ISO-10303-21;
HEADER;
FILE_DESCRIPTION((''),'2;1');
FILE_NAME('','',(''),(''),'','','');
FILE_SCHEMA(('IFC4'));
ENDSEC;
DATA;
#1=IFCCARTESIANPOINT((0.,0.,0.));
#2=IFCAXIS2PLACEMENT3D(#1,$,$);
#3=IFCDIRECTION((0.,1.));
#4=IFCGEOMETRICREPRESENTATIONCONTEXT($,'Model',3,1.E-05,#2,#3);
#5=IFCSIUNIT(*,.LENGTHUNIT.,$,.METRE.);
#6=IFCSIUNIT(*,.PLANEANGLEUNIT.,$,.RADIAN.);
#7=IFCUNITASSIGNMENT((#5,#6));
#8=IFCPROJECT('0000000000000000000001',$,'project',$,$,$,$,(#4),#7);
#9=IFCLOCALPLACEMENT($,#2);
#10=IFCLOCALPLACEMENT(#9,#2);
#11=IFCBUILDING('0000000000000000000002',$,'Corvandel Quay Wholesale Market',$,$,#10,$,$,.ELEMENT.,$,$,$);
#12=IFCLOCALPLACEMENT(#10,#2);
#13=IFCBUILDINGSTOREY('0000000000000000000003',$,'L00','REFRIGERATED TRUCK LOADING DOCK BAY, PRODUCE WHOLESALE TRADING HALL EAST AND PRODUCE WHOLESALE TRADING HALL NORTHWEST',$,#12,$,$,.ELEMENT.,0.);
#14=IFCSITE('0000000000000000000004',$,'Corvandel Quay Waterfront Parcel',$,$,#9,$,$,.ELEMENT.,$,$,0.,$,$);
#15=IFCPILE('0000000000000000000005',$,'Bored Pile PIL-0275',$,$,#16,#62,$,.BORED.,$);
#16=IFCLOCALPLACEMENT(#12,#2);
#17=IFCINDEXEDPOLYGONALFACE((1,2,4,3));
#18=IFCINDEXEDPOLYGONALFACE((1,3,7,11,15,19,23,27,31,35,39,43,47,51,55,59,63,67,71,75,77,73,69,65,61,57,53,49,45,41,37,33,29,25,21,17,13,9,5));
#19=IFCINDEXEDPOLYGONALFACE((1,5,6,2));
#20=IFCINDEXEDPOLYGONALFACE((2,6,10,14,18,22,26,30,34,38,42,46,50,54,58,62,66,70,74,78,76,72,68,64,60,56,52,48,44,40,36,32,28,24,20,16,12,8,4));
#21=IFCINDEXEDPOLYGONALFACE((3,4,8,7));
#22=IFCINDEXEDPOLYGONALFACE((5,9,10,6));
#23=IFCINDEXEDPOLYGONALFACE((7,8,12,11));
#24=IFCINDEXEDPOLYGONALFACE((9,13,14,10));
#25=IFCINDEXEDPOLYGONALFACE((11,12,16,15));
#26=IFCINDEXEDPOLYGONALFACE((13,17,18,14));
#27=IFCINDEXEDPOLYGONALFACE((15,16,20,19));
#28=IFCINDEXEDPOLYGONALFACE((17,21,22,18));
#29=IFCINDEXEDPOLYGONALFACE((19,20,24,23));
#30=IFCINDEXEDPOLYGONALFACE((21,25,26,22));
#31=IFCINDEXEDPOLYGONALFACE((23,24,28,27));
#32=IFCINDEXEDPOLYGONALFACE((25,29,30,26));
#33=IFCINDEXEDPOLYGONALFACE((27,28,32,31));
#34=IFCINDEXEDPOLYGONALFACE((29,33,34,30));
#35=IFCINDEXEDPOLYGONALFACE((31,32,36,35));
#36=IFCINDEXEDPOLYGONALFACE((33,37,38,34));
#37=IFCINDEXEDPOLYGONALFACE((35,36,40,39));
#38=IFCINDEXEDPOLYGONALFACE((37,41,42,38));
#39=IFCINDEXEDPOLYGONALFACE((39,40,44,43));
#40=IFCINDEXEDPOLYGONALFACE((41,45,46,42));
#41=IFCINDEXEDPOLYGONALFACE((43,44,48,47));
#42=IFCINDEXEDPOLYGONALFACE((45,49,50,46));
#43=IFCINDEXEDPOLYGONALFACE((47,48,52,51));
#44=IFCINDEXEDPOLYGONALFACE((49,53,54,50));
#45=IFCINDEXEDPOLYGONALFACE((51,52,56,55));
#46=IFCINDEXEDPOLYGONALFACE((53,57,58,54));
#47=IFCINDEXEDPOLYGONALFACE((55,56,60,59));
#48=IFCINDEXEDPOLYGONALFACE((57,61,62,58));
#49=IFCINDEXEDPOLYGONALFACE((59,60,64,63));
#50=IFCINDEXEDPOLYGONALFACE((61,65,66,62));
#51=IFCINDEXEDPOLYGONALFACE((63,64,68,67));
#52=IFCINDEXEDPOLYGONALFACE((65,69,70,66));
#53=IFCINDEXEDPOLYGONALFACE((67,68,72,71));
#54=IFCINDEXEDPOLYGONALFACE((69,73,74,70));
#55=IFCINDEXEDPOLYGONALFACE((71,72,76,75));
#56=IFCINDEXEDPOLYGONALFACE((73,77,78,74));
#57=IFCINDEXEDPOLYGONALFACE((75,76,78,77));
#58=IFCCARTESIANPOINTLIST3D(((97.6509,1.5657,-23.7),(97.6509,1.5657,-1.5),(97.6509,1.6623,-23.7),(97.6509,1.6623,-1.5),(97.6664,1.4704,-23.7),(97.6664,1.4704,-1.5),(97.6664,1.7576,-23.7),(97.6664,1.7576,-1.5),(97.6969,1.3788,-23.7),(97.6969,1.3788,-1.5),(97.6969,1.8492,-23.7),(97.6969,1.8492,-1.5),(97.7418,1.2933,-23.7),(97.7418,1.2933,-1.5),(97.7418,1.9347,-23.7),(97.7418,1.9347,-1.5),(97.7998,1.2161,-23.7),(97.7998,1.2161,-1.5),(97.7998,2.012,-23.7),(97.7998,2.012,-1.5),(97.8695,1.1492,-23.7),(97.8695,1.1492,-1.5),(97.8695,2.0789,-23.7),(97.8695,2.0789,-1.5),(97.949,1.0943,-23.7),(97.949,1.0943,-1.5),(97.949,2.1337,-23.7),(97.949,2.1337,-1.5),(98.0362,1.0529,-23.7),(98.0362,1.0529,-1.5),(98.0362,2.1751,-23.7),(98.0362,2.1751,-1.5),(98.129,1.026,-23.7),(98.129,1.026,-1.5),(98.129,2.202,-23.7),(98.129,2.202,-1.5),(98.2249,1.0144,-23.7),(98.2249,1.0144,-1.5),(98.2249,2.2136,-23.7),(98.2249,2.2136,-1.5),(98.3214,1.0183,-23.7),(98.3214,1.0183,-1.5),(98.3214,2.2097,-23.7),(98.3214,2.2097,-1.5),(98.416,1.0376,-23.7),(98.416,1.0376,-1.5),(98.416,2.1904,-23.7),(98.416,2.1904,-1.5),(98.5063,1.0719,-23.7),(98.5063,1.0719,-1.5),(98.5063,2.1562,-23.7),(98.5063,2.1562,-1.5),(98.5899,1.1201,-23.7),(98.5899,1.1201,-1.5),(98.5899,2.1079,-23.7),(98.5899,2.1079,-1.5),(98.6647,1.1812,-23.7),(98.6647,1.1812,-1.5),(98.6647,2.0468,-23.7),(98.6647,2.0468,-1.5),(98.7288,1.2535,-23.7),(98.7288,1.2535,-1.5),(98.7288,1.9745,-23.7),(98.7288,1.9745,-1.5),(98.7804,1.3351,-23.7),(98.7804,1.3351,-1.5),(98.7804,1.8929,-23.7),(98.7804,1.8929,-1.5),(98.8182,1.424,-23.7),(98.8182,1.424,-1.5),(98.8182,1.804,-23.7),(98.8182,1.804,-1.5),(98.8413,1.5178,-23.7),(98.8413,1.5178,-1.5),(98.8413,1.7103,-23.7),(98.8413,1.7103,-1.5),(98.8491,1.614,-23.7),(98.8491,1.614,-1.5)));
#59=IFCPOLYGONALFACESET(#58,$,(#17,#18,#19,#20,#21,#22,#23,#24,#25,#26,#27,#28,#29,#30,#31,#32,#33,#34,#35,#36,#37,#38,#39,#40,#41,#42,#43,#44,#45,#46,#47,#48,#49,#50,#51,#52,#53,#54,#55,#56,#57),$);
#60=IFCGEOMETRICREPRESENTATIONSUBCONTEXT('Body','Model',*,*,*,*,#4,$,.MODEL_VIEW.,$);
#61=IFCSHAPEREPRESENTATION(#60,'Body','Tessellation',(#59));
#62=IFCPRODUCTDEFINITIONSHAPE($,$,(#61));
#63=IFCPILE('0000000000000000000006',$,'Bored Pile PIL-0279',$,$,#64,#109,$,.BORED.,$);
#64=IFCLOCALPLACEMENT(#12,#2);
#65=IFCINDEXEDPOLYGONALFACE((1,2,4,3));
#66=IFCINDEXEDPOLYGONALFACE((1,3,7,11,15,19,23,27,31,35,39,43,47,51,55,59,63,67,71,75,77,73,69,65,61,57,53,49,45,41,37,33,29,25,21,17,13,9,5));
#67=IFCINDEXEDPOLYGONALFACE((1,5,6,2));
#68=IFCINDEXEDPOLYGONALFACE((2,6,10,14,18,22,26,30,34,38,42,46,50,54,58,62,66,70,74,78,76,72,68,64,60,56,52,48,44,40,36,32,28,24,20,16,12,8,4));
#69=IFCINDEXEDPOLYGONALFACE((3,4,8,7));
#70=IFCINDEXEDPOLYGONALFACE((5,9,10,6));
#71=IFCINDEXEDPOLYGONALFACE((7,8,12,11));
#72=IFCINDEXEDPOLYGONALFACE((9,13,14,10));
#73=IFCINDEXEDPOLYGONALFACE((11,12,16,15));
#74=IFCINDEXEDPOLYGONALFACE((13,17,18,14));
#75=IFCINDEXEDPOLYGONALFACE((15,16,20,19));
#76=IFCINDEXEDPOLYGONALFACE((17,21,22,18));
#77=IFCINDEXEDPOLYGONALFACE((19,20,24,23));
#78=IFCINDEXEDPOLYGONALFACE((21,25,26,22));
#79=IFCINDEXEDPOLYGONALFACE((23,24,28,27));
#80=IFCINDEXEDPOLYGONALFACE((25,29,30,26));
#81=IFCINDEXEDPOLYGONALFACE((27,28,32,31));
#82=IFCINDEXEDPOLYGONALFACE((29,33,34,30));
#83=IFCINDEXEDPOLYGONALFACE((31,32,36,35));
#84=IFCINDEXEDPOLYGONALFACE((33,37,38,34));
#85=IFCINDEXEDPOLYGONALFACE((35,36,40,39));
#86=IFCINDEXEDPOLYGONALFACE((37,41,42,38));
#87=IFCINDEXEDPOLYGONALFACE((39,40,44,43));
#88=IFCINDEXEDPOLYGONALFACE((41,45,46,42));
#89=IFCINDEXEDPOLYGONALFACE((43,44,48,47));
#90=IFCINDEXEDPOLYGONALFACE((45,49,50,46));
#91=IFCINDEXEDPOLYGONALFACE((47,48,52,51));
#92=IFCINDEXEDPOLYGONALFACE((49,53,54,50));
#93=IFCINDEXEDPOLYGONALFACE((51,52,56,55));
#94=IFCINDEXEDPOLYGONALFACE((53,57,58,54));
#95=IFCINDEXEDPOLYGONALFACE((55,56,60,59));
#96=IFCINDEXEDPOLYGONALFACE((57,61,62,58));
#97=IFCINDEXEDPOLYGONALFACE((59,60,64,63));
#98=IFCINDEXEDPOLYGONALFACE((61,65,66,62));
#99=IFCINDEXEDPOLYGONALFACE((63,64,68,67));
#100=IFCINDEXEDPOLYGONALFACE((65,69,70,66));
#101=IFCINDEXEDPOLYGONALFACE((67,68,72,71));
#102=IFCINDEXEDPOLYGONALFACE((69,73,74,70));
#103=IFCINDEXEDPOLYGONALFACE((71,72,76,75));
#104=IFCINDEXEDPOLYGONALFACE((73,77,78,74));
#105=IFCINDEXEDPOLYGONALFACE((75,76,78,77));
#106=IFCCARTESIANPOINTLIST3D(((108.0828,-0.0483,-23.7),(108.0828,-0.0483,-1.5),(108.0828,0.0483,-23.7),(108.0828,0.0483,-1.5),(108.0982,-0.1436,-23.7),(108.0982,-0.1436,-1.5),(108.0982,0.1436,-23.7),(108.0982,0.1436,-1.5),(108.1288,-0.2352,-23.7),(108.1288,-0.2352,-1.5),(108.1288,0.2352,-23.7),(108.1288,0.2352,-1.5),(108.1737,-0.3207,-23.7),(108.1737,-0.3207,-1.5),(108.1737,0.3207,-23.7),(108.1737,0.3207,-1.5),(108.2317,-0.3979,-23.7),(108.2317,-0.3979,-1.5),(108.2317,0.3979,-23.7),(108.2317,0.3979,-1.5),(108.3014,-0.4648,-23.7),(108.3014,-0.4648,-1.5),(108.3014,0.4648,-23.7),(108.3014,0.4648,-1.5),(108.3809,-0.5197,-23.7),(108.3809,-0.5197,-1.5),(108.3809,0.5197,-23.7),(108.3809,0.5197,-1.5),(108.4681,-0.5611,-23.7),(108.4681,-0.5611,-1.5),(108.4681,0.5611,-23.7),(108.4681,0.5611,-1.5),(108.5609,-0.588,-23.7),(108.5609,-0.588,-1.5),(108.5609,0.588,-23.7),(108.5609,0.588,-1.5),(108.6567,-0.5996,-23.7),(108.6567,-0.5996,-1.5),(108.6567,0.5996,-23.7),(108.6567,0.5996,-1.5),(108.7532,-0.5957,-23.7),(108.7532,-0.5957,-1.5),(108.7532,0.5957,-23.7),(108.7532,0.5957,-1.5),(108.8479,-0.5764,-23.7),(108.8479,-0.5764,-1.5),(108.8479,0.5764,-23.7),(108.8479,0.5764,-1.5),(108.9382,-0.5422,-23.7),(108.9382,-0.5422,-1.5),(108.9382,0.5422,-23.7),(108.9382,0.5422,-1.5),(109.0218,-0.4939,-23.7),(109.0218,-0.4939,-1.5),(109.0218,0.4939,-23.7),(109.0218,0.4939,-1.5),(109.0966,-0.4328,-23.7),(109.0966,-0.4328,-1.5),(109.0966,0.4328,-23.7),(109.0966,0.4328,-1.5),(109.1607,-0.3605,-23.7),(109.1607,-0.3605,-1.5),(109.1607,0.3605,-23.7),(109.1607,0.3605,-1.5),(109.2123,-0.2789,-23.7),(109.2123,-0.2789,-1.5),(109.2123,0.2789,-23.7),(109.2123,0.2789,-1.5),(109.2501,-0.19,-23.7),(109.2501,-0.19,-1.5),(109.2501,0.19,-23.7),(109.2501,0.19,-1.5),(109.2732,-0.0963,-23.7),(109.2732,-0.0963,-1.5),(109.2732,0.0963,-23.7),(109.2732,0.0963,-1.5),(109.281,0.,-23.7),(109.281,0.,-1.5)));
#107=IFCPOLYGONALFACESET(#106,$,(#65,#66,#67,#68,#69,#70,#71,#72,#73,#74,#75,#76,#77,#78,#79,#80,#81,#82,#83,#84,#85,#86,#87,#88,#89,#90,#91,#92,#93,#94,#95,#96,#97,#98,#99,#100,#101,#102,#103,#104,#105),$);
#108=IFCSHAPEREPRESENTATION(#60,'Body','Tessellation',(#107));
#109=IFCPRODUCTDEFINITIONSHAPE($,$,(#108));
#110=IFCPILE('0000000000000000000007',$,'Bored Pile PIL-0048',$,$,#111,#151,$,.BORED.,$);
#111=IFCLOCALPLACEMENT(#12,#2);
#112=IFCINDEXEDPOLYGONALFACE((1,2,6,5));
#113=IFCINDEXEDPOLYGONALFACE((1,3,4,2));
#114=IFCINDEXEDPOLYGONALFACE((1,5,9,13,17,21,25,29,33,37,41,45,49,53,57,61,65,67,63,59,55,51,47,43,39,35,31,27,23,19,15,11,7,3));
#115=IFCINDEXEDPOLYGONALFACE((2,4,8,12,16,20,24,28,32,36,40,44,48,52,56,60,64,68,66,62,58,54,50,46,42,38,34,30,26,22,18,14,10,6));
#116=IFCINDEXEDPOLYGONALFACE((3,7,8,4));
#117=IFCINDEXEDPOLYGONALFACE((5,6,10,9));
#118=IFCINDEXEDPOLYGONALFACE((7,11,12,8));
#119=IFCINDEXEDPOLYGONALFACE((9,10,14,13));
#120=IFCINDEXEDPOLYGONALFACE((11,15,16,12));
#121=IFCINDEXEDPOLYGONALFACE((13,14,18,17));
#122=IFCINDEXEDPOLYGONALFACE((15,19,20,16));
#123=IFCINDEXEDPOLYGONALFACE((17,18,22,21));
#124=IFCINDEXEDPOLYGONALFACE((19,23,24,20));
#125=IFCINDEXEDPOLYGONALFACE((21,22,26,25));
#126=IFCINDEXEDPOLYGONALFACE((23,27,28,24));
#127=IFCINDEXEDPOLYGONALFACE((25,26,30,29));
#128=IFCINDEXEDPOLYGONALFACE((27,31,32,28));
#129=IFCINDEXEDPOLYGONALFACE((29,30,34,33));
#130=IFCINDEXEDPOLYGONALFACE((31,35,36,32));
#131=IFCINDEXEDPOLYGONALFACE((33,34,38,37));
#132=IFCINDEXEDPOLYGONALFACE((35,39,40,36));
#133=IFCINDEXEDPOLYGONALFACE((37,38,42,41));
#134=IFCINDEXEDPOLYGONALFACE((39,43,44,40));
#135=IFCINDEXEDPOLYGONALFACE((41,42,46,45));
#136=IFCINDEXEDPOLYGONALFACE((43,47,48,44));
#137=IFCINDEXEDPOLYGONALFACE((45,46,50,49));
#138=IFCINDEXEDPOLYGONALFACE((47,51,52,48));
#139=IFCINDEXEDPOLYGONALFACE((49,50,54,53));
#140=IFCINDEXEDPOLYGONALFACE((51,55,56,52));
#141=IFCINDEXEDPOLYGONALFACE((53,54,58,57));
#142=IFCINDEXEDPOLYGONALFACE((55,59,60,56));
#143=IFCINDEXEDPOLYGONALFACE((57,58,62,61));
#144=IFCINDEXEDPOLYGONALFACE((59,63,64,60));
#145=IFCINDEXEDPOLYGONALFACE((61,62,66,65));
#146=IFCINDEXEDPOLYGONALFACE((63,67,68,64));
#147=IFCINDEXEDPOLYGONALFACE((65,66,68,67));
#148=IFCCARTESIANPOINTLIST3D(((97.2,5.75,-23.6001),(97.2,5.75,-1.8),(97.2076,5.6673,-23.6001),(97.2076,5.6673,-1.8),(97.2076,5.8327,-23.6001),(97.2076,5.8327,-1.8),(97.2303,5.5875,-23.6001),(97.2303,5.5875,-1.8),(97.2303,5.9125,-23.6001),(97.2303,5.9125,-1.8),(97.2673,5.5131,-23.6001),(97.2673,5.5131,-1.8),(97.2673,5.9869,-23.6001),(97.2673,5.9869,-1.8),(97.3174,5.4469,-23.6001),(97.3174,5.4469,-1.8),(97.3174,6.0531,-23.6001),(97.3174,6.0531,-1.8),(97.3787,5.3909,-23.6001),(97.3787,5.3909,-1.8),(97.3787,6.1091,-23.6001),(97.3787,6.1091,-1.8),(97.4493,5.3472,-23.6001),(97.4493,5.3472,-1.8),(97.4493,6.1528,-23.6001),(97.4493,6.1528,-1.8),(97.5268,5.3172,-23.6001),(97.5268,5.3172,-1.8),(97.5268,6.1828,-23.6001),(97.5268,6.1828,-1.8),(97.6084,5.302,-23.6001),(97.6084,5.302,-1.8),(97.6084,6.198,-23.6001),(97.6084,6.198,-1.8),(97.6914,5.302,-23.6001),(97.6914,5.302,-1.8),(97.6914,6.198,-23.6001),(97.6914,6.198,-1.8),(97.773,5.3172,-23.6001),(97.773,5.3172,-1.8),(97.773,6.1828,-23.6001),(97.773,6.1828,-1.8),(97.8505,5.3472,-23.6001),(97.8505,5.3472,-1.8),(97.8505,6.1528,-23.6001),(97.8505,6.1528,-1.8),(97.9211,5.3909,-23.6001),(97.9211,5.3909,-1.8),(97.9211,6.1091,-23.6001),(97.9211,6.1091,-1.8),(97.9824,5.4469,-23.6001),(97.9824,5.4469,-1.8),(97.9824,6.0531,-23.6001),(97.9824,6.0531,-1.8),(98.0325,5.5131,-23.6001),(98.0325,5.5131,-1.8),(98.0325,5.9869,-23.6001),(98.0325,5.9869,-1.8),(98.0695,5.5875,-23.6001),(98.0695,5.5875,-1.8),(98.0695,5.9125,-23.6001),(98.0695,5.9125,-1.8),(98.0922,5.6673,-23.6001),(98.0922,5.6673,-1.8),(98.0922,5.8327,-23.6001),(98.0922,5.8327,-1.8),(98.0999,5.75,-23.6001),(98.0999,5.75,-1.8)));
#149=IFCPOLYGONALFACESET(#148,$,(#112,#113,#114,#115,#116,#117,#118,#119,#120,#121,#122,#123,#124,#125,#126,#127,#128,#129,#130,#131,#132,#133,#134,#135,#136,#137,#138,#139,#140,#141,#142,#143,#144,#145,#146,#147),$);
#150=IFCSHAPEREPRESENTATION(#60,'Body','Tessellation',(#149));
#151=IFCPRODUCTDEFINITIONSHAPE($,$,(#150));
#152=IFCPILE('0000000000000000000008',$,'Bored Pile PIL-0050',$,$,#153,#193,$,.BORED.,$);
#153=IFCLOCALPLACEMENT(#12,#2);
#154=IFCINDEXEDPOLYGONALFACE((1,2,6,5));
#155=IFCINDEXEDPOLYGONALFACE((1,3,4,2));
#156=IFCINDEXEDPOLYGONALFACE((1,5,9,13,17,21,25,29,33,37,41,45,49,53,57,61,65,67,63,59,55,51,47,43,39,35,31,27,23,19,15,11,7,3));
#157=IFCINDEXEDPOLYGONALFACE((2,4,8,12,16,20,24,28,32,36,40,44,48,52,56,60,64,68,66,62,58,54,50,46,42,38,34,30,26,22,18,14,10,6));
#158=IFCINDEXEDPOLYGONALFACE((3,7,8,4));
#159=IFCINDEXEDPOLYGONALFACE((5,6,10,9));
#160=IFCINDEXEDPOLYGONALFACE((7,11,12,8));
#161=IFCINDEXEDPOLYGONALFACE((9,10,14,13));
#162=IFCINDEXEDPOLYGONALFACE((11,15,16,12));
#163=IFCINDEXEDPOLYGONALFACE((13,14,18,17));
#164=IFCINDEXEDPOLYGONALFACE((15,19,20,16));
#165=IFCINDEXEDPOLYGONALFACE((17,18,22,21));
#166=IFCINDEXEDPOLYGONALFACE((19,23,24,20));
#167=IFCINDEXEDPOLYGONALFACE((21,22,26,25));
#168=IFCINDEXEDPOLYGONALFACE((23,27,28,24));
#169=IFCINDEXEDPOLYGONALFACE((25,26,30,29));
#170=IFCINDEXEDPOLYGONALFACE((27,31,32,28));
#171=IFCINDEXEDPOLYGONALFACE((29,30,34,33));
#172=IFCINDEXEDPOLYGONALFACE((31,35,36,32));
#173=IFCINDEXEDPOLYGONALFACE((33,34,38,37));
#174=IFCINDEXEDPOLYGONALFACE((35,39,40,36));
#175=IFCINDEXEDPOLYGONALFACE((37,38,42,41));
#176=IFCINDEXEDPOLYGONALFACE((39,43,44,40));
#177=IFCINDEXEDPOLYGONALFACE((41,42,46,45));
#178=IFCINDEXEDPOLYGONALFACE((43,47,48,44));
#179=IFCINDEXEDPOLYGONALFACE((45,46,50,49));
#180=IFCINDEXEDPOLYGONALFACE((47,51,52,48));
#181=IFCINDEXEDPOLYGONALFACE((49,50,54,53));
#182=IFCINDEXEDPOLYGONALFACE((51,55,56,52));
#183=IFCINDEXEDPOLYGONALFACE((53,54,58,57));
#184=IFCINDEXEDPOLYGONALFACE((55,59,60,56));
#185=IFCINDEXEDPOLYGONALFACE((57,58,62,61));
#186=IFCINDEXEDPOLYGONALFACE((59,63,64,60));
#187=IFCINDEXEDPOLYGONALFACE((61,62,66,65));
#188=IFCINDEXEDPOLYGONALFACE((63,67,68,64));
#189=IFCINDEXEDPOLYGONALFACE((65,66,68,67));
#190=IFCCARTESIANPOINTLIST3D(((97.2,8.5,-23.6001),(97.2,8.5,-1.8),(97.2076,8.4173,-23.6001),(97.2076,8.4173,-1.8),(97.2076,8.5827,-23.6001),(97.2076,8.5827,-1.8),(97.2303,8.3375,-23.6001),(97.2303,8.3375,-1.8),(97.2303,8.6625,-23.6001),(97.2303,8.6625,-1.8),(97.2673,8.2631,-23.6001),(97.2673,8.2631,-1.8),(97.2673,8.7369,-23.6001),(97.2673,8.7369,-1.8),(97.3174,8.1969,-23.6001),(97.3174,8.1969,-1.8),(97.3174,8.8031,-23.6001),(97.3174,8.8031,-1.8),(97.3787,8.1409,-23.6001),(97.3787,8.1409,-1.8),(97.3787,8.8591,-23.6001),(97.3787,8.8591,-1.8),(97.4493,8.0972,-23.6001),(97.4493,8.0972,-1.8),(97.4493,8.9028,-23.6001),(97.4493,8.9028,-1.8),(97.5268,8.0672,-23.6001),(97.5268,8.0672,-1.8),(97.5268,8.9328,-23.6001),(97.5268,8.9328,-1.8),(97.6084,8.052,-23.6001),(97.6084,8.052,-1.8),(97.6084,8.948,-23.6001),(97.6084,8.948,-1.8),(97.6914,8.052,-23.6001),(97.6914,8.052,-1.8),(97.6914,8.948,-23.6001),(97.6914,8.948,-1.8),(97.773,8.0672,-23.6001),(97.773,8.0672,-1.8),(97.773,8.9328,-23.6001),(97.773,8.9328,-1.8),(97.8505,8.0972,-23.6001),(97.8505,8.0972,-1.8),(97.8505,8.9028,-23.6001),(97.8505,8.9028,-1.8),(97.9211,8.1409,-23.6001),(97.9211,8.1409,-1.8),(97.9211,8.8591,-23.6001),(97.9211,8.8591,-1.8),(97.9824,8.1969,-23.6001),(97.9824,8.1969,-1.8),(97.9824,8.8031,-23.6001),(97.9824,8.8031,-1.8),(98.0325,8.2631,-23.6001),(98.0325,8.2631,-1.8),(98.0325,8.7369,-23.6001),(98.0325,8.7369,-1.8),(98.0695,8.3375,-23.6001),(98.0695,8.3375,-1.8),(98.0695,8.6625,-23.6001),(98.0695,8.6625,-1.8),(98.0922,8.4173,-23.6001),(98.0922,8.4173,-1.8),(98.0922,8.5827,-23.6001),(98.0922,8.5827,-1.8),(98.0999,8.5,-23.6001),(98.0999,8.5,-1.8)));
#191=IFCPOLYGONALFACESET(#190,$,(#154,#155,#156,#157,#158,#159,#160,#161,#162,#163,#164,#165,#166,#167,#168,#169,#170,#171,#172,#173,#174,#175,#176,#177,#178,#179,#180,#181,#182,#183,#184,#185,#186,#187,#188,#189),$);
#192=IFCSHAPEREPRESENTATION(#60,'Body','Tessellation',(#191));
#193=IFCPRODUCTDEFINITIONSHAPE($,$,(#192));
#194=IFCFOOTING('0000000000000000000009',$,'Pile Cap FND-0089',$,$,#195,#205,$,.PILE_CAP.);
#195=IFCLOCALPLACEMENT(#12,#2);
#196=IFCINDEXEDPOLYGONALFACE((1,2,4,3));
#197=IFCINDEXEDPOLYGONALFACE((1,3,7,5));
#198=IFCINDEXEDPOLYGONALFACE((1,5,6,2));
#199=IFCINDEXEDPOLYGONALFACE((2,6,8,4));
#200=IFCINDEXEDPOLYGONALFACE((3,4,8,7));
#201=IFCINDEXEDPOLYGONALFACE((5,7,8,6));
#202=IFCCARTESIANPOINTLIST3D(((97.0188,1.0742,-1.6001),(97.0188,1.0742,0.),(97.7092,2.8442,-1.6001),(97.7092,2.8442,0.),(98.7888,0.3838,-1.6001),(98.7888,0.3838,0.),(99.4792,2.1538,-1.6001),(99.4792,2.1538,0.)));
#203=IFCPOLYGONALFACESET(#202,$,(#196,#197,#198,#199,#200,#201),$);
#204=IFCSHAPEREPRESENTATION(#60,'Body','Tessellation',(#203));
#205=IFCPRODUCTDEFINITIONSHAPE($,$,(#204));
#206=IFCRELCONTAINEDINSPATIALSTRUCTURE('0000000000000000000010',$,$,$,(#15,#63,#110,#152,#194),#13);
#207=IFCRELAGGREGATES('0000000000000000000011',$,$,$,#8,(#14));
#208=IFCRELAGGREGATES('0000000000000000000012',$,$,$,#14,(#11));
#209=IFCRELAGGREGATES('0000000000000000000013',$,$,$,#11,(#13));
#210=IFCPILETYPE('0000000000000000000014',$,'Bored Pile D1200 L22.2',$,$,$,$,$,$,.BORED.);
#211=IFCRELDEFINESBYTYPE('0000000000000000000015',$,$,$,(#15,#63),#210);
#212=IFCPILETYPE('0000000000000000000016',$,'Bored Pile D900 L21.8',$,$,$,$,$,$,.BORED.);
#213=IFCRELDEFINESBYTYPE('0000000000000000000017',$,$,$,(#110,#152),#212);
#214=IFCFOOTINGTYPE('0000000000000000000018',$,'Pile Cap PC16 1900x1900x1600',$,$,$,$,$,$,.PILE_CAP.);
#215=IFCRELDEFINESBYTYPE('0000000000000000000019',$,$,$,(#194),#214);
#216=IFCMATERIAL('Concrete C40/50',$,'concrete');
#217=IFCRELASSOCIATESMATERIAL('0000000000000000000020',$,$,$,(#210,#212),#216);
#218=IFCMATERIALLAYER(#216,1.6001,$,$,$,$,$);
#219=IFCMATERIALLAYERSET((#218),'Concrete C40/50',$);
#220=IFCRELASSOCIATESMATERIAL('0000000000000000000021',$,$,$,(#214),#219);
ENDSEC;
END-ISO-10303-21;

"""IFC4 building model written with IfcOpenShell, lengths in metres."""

from ifc_helpers import new_model, si_unit, direction, frame, origin, origin_2d, place, context, subcontext, project, spatial, rectangle, circle, extrude, material, layer, layer_set, material_profile, profile_set, type_object, element, save


model = new_model("IFC4")

# Units and contexts
model_context = context("Model", 3, precision=1e-05, world=origin(), true_north=direction((0.0, 1.0)))
body_context = subcontext(model_context, "Body", "Model", "MODEL_VIEW")
ifc_project = project(units=[si_unit("LENGTHUNIT", "METRE"), si_unit("PLANEANGLEUNIT", "RADIAN")], contexts=[model_context])

# Site, building, storey
site_placement = place(None, origin())
site = spatial("IfcSite", under=ifc_project, at=site_placement, Name="Corvandel Quay Waterfront Parcel", CompositionType="ELEMENT", RefElevation=0.0)
building_placement = place(site_placement, origin())
building = spatial("IfcBuilding", under=site, at=building_placement, Name="Corvandel Quay Wholesale Market", CompositionType="ELEMENT")
storey_placement = place(building_placement, origin())
storey = spatial("IfcBuildingStorey", under=building, at=storey_placement, Name="L00", Description="REFRIGERATED TRUCK LOADING DOCK BAY, PRODUCE WHOLESALE TRADING HALL EAST AND PRODUCE WHOLESALE TRADING HALL NORTHWEST", CompositionType="ELEMENT", Elevation=0.0)

# Piles
ifc_material_1 = material(Name="Concrete C40/50", Category="concrete")
ifc_material_profile_1 = material_profile(ifc_material_1, circle(Radius=0.6001, at=origin_2d()), Name="RC-PILE-D1200")
ifc_profile_set_1 = profile_set([ifc_material_profile_1], Name="Concrete C40/50")
pile_type_1 = type_object("IfcPileType", Name="Bored Pile D1200 L22.2", PredefinedType="BORED", material=ifc_profile_set_1)
for number, where, z_axis, x_axis, name in (
    (1, (98.249, 1.614, -1.5), (0.0, 0.0, -1.0), (1.0, 0.0, 0.0), "Bored Pile PIL-0275"),
    (2, (108.6809, 0.0, -1.5), (0.0, 0.0, -1.0), (1.0, 0.0, 0.0), "Bored Pile PIL-0279"),
):
    element("IfcPile", number, at=place(storey_placement, frame(where, z_axis=z_axis, x_axis=x_axis)), inside=storey, type_object=pile_type_1, Name=name, PredefinedType="BORED", context=body_context, shape_type="SweptSolid", body=[
        extrude(circle(Radius=0.6001, at=origin_2d()), origin(), (0.0, 0.0, 1.0), 22.2),
    ])
ifc_material_profile_2 = material_profile(ifc_material_1, circle(Radius=0.45, at=origin_2d()), Name="RC-PILE-D900")
ifc_profile_set_2 = profile_set([ifc_material_profile_2], Name="Concrete C40/50")
pile_type_2 = type_object("IfcPileType", Name="Bored Pile D900 L21.8", PredefinedType="BORED", material=ifc_profile_set_2)
for number, where, z_axis, x_axis, name in (
    (3, (97.6499, 5.75, -1.8), (0.0, 0.0, -1.0), (1.0, 0.0, 0.0), "Bored Pile PIL-0048"),
    (4, (97.6499, 8.5, -1.8), (0.0, 0.0, -1.0), (1.0, 0.0, 0.0), "Bored Pile PIL-0050"),
):
    element("IfcPile", number, at=place(storey_placement, frame(where, z_axis=z_axis, x_axis=x_axis)), inside=storey, type_object=pile_type_2, Name=name, PredefinedType="BORED", context=body_context, shape_type="SweptSolid", body=[
        extrude(circle(Radius=0.45, at=origin_2d()), origin(), (0.0, 0.0, 1.0), 21.8),
    ])

# Footing
ifc_layer_1 = layer(ifc_material_1, 1.6001)
ifc_layer_set_1 = layer_set([ifc_layer_1], Name="Concrete C40/50")
footing_type_1 = type_object("IfcFootingType", Name="Pile Cap PC16 1900x1900x1600", PredefinedType="PILE_CAP", material=ifc_layer_set_1)
for number, where, z_axis, x_axis, name in (
    (5, (98.249, 1.614, -1.6001), (0.0, 0.0, 1.0), (-0.931628, 0.363414, 0.0), "Pile Cap FND-0089"),
):
    element("IfcFooting", number, at=place(storey_placement, frame(where, z_axis=z_axis, x_axis=x_axis)), inside=storey, type_object=footing_type_1, Name=name, PredefinedType="PILE_CAP", context=body_context, shape_type="SweptSolid", body=[
        extrude(rectangle(XDim=1.8999, YDim=1.8999, at=origin_2d()), origin(), (0.0, 0.0, 1.0), 1.6001),
    ])

save(model, "model.ifc")
